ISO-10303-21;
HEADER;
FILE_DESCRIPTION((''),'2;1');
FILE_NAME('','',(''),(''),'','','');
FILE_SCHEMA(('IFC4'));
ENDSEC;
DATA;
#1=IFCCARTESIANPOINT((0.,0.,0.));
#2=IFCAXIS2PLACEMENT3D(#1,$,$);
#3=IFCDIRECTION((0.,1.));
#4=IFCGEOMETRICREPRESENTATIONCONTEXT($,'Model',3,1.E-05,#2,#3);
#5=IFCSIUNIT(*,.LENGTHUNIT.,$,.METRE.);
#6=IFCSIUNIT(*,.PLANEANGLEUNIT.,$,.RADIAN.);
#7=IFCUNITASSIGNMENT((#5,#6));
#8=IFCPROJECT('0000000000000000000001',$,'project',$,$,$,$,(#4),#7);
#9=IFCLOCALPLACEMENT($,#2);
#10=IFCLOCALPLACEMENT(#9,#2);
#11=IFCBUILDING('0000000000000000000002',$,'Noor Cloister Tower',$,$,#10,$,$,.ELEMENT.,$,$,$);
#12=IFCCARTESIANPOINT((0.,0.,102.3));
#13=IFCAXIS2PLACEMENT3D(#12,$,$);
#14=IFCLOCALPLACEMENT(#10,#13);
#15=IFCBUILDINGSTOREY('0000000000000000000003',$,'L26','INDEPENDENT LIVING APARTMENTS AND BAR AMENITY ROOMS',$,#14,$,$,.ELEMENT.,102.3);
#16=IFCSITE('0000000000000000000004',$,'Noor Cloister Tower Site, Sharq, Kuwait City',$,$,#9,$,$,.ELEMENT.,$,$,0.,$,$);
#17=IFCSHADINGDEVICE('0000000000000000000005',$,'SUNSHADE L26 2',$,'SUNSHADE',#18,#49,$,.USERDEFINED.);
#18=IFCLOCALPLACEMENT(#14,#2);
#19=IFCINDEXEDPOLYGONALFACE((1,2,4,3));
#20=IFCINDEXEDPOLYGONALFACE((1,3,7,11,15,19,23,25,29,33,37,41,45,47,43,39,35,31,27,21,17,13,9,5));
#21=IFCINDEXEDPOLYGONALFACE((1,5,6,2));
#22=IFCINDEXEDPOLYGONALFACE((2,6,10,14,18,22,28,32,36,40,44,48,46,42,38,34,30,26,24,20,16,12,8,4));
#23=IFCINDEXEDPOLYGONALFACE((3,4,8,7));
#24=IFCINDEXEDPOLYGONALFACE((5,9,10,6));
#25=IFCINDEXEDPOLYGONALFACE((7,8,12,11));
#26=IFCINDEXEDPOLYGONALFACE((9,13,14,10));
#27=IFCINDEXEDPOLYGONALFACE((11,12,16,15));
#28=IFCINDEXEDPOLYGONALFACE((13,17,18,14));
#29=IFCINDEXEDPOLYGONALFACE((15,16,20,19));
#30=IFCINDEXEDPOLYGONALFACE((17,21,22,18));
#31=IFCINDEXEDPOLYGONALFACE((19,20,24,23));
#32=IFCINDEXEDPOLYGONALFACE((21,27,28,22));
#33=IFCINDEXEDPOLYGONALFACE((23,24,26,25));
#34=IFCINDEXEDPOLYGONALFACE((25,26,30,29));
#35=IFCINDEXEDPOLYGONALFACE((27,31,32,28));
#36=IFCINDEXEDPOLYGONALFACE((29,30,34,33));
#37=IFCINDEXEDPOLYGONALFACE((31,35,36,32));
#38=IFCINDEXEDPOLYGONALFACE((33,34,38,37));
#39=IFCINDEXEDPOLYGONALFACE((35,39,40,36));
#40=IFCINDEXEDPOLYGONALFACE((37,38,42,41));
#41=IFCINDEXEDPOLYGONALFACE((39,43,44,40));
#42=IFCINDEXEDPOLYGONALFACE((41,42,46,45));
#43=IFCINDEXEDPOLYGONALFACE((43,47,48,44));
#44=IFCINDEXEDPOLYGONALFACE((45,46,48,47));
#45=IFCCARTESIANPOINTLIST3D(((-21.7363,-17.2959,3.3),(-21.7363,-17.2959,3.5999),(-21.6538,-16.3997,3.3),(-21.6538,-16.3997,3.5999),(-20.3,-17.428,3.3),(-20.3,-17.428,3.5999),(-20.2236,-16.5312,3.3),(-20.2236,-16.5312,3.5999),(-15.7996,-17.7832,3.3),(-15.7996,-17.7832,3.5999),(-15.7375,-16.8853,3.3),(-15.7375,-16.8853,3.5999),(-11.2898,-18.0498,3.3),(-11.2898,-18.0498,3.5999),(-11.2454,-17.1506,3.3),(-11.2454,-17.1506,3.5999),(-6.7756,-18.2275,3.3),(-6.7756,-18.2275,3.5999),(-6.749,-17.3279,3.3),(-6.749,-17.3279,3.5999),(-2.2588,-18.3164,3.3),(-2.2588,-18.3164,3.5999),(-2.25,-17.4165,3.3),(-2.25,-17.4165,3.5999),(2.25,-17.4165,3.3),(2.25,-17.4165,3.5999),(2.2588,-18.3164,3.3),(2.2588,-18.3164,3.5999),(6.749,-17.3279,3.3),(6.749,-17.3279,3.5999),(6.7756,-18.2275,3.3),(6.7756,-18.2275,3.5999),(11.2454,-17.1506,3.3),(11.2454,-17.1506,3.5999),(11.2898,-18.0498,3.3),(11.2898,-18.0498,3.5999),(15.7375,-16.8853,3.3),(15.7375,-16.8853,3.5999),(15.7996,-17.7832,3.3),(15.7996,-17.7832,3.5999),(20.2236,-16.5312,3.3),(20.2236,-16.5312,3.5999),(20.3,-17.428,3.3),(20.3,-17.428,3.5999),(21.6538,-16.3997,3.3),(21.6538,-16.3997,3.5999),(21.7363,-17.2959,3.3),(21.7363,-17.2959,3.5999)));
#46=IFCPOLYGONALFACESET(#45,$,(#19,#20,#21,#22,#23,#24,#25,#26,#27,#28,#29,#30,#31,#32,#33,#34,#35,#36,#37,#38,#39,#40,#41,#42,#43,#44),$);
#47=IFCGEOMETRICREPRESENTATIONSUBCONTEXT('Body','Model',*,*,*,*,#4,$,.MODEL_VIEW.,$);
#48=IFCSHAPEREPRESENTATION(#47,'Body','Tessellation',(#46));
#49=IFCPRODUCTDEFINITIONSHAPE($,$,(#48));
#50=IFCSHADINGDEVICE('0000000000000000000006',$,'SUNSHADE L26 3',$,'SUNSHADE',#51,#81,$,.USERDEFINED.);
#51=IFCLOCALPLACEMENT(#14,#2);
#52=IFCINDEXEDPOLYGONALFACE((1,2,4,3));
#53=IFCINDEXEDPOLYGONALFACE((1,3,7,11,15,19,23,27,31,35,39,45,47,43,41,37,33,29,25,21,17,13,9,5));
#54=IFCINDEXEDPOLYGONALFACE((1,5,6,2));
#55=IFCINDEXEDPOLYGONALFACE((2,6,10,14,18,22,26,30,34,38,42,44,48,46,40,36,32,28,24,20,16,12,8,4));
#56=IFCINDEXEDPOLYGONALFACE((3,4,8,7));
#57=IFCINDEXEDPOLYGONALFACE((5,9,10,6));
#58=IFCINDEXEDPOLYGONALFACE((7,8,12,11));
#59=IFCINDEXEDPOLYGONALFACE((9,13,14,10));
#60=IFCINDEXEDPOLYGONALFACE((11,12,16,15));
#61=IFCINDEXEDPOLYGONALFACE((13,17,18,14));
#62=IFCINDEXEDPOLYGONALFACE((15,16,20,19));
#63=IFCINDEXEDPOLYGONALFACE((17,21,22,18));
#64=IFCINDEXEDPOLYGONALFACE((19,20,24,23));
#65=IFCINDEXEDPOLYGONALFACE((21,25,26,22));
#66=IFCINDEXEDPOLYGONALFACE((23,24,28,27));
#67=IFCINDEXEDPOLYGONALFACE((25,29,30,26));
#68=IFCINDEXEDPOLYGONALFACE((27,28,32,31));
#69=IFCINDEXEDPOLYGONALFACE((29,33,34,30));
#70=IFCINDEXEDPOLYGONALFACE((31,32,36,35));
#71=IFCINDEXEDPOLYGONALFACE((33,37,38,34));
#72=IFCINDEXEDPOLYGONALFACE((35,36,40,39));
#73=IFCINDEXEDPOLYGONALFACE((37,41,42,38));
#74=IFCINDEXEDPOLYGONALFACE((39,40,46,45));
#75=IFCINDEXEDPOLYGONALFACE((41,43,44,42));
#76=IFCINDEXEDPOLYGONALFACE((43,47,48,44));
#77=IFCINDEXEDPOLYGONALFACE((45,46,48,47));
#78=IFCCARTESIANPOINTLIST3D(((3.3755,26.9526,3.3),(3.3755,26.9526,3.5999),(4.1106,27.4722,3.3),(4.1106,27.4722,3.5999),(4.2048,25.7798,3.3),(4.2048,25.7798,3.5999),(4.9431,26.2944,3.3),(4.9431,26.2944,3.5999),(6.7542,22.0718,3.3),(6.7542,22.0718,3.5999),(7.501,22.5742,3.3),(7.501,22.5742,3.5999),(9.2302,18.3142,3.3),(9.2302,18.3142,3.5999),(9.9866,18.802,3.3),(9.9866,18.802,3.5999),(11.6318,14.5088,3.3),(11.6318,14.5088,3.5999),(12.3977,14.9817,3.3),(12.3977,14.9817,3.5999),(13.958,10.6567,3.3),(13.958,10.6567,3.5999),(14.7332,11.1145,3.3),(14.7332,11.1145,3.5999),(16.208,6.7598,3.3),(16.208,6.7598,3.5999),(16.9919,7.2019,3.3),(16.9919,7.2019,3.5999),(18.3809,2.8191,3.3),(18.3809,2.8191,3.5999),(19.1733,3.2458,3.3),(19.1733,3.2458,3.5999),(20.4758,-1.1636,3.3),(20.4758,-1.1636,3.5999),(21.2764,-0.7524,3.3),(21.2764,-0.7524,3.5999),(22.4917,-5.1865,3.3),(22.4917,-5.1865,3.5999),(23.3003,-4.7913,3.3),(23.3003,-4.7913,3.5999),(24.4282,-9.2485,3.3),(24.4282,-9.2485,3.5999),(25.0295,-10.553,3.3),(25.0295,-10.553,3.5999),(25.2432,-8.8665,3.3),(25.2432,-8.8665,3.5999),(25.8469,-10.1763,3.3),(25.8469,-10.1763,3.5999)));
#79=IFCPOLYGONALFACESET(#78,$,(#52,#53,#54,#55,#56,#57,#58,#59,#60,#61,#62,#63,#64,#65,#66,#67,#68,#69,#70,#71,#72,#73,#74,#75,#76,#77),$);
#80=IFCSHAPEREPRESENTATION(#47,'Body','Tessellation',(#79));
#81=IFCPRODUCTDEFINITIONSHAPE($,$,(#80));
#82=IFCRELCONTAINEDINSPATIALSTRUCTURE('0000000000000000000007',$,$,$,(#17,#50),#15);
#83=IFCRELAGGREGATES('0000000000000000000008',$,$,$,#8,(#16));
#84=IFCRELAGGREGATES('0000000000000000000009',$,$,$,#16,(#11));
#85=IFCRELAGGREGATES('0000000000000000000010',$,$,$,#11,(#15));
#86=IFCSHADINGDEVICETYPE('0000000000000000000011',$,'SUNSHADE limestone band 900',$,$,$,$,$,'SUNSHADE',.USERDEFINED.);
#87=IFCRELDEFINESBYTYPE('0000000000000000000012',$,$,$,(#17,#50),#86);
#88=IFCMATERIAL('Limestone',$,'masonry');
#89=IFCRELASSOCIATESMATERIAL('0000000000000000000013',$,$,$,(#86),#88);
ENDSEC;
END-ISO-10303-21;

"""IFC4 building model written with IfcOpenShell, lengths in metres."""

from ifc_helpers import new_model, si_unit, direction, frame, origin, place, context, subcontext, project, spatial, polyline, outline, extrude, material, type_object, element, save


model = new_model("IFC4")

# Units and contexts
model_context = context("Model", 3, precision=1e-05, world=origin(), true_north=direction((0.0, 1.0)))
body_context = subcontext(model_context, "Body", "Model", "MODEL_VIEW")
ifc_project = project(units=[si_unit("LENGTHUNIT", "METRE"), si_unit("PLANEANGLEUNIT", "RADIAN")], contexts=[model_context])

# Site, building, storey
site_placement = place(None, origin())
site = spatial("IfcSite", under=ifc_project, at=site_placement, Name="Noor Cloister Tower Site, Sharq, Kuwait City", CompositionType="ELEMENT", RefElevation=0.0)
building_placement = place(site_placement, origin())
building = spatial("IfcBuilding", under=site, at=building_placement, Name="Noor Cloister Tower", CompositionType="ELEMENT")
storey_placement = place(building_placement, frame((0.0, 0.0, 102.3)))
storey = spatial("IfcBuildingStorey", under=building, at=storey_placement, Name="L26", Description="INDEPENDENT LIVING APARTMENTS AND BAR AMENITY ROOMS", CompositionType="ELEMENT", Elevation=102.3)

# Shading devices
ifc_material_1 = material(Name="Limestone", Category="masonry")
shading_device_type = type_object("IfcShadingDeviceType", Name="SUNSHADE limestone band 900", ElementType="SUNSHADE", PredefinedType="USERDEFINED", material=ifc_material_1)
shading_device_1_placement = place(storey_placement, frame((0.0, 0.0, 3.3)))
element("IfcShadingDevice", 1, at=shading_device_1_placement, inside=storey, type_object=shading_device_type, Name="SUNSHADE L26 2", ObjectType="SUNSHADE", PredefinedType="USERDEFINED", context=body_context, shape_type="SweptSolid", body=[
    extrude(outline(polyline([(-21.7363, -17.2959), (-20.3, -17.428), (-15.7996, -17.7832), (-11.2898, -18.0498), (-6.7756, -18.2275), (-2.2588, -18.3164), (2.2588, -18.3164), (6.7756, -18.2275), (11.2898, -18.0498), (15.7996, -17.7832), (20.3, -17.428), (21.7363, -17.2959), (21.6538, -16.3997), (20.2236, -16.5312), (15.7375, -16.8853), (11.2454, -17.1506), (6.749, -17.3279), (2.25, -17.4165), (-2.25, -17.4165), (-6.749, -17.3279), (-11.2454, -17.1506), (-15.7375, -16.8853), (-20.2236, -16.5312), (-21.6538, -16.3997), (-21.7363, -17.2959)])), origin(), (0.0, 0.0, 1.0), 0.2998),
])
shading_device_2_placement = place(storey_placement, frame((0.0, 0.0, 3.3)))
element("IfcShadingDevice", 2, at=shading_device_2_placement, inside=storey, type_object=shading_device_type, Name="SUNSHADE L26 3", ObjectType="SUNSHADE", PredefinedType="USERDEFINED", context=body_context, shape_type="SweptSolid", body=[
    extrude(outline(polyline([(25.8469, -10.1763), (25.2432, -8.8665), (23.3003, -4.7913), (21.2764, -0.7524), (19.1733, 3.2458), (16.9919, 7.2019), (14.7332, 11.1145), (12.3977, 14.9817), (9.9866, 18.802), (7.501, 22.5742), (4.9431, 26.2944), (4.1106, 27.4722), (3.3755, 26.9526), (4.2048, 25.7798), (6.7542, 22.0718), (9.2302, 18.3142), (11.6318, 14.5088), (13.958, 10.6567), (16.208, 6.7598), (18.3809, 2.8191), (20.4758, -1.1636), (22.4917, -5.1865), (24.4282, -9.2485), (25.0295, -10.553), (25.8469, -10.1763)])), origin(), (0.0, 0.0, 1.0), 0.2998),
])

save(model, "model.ifc")
